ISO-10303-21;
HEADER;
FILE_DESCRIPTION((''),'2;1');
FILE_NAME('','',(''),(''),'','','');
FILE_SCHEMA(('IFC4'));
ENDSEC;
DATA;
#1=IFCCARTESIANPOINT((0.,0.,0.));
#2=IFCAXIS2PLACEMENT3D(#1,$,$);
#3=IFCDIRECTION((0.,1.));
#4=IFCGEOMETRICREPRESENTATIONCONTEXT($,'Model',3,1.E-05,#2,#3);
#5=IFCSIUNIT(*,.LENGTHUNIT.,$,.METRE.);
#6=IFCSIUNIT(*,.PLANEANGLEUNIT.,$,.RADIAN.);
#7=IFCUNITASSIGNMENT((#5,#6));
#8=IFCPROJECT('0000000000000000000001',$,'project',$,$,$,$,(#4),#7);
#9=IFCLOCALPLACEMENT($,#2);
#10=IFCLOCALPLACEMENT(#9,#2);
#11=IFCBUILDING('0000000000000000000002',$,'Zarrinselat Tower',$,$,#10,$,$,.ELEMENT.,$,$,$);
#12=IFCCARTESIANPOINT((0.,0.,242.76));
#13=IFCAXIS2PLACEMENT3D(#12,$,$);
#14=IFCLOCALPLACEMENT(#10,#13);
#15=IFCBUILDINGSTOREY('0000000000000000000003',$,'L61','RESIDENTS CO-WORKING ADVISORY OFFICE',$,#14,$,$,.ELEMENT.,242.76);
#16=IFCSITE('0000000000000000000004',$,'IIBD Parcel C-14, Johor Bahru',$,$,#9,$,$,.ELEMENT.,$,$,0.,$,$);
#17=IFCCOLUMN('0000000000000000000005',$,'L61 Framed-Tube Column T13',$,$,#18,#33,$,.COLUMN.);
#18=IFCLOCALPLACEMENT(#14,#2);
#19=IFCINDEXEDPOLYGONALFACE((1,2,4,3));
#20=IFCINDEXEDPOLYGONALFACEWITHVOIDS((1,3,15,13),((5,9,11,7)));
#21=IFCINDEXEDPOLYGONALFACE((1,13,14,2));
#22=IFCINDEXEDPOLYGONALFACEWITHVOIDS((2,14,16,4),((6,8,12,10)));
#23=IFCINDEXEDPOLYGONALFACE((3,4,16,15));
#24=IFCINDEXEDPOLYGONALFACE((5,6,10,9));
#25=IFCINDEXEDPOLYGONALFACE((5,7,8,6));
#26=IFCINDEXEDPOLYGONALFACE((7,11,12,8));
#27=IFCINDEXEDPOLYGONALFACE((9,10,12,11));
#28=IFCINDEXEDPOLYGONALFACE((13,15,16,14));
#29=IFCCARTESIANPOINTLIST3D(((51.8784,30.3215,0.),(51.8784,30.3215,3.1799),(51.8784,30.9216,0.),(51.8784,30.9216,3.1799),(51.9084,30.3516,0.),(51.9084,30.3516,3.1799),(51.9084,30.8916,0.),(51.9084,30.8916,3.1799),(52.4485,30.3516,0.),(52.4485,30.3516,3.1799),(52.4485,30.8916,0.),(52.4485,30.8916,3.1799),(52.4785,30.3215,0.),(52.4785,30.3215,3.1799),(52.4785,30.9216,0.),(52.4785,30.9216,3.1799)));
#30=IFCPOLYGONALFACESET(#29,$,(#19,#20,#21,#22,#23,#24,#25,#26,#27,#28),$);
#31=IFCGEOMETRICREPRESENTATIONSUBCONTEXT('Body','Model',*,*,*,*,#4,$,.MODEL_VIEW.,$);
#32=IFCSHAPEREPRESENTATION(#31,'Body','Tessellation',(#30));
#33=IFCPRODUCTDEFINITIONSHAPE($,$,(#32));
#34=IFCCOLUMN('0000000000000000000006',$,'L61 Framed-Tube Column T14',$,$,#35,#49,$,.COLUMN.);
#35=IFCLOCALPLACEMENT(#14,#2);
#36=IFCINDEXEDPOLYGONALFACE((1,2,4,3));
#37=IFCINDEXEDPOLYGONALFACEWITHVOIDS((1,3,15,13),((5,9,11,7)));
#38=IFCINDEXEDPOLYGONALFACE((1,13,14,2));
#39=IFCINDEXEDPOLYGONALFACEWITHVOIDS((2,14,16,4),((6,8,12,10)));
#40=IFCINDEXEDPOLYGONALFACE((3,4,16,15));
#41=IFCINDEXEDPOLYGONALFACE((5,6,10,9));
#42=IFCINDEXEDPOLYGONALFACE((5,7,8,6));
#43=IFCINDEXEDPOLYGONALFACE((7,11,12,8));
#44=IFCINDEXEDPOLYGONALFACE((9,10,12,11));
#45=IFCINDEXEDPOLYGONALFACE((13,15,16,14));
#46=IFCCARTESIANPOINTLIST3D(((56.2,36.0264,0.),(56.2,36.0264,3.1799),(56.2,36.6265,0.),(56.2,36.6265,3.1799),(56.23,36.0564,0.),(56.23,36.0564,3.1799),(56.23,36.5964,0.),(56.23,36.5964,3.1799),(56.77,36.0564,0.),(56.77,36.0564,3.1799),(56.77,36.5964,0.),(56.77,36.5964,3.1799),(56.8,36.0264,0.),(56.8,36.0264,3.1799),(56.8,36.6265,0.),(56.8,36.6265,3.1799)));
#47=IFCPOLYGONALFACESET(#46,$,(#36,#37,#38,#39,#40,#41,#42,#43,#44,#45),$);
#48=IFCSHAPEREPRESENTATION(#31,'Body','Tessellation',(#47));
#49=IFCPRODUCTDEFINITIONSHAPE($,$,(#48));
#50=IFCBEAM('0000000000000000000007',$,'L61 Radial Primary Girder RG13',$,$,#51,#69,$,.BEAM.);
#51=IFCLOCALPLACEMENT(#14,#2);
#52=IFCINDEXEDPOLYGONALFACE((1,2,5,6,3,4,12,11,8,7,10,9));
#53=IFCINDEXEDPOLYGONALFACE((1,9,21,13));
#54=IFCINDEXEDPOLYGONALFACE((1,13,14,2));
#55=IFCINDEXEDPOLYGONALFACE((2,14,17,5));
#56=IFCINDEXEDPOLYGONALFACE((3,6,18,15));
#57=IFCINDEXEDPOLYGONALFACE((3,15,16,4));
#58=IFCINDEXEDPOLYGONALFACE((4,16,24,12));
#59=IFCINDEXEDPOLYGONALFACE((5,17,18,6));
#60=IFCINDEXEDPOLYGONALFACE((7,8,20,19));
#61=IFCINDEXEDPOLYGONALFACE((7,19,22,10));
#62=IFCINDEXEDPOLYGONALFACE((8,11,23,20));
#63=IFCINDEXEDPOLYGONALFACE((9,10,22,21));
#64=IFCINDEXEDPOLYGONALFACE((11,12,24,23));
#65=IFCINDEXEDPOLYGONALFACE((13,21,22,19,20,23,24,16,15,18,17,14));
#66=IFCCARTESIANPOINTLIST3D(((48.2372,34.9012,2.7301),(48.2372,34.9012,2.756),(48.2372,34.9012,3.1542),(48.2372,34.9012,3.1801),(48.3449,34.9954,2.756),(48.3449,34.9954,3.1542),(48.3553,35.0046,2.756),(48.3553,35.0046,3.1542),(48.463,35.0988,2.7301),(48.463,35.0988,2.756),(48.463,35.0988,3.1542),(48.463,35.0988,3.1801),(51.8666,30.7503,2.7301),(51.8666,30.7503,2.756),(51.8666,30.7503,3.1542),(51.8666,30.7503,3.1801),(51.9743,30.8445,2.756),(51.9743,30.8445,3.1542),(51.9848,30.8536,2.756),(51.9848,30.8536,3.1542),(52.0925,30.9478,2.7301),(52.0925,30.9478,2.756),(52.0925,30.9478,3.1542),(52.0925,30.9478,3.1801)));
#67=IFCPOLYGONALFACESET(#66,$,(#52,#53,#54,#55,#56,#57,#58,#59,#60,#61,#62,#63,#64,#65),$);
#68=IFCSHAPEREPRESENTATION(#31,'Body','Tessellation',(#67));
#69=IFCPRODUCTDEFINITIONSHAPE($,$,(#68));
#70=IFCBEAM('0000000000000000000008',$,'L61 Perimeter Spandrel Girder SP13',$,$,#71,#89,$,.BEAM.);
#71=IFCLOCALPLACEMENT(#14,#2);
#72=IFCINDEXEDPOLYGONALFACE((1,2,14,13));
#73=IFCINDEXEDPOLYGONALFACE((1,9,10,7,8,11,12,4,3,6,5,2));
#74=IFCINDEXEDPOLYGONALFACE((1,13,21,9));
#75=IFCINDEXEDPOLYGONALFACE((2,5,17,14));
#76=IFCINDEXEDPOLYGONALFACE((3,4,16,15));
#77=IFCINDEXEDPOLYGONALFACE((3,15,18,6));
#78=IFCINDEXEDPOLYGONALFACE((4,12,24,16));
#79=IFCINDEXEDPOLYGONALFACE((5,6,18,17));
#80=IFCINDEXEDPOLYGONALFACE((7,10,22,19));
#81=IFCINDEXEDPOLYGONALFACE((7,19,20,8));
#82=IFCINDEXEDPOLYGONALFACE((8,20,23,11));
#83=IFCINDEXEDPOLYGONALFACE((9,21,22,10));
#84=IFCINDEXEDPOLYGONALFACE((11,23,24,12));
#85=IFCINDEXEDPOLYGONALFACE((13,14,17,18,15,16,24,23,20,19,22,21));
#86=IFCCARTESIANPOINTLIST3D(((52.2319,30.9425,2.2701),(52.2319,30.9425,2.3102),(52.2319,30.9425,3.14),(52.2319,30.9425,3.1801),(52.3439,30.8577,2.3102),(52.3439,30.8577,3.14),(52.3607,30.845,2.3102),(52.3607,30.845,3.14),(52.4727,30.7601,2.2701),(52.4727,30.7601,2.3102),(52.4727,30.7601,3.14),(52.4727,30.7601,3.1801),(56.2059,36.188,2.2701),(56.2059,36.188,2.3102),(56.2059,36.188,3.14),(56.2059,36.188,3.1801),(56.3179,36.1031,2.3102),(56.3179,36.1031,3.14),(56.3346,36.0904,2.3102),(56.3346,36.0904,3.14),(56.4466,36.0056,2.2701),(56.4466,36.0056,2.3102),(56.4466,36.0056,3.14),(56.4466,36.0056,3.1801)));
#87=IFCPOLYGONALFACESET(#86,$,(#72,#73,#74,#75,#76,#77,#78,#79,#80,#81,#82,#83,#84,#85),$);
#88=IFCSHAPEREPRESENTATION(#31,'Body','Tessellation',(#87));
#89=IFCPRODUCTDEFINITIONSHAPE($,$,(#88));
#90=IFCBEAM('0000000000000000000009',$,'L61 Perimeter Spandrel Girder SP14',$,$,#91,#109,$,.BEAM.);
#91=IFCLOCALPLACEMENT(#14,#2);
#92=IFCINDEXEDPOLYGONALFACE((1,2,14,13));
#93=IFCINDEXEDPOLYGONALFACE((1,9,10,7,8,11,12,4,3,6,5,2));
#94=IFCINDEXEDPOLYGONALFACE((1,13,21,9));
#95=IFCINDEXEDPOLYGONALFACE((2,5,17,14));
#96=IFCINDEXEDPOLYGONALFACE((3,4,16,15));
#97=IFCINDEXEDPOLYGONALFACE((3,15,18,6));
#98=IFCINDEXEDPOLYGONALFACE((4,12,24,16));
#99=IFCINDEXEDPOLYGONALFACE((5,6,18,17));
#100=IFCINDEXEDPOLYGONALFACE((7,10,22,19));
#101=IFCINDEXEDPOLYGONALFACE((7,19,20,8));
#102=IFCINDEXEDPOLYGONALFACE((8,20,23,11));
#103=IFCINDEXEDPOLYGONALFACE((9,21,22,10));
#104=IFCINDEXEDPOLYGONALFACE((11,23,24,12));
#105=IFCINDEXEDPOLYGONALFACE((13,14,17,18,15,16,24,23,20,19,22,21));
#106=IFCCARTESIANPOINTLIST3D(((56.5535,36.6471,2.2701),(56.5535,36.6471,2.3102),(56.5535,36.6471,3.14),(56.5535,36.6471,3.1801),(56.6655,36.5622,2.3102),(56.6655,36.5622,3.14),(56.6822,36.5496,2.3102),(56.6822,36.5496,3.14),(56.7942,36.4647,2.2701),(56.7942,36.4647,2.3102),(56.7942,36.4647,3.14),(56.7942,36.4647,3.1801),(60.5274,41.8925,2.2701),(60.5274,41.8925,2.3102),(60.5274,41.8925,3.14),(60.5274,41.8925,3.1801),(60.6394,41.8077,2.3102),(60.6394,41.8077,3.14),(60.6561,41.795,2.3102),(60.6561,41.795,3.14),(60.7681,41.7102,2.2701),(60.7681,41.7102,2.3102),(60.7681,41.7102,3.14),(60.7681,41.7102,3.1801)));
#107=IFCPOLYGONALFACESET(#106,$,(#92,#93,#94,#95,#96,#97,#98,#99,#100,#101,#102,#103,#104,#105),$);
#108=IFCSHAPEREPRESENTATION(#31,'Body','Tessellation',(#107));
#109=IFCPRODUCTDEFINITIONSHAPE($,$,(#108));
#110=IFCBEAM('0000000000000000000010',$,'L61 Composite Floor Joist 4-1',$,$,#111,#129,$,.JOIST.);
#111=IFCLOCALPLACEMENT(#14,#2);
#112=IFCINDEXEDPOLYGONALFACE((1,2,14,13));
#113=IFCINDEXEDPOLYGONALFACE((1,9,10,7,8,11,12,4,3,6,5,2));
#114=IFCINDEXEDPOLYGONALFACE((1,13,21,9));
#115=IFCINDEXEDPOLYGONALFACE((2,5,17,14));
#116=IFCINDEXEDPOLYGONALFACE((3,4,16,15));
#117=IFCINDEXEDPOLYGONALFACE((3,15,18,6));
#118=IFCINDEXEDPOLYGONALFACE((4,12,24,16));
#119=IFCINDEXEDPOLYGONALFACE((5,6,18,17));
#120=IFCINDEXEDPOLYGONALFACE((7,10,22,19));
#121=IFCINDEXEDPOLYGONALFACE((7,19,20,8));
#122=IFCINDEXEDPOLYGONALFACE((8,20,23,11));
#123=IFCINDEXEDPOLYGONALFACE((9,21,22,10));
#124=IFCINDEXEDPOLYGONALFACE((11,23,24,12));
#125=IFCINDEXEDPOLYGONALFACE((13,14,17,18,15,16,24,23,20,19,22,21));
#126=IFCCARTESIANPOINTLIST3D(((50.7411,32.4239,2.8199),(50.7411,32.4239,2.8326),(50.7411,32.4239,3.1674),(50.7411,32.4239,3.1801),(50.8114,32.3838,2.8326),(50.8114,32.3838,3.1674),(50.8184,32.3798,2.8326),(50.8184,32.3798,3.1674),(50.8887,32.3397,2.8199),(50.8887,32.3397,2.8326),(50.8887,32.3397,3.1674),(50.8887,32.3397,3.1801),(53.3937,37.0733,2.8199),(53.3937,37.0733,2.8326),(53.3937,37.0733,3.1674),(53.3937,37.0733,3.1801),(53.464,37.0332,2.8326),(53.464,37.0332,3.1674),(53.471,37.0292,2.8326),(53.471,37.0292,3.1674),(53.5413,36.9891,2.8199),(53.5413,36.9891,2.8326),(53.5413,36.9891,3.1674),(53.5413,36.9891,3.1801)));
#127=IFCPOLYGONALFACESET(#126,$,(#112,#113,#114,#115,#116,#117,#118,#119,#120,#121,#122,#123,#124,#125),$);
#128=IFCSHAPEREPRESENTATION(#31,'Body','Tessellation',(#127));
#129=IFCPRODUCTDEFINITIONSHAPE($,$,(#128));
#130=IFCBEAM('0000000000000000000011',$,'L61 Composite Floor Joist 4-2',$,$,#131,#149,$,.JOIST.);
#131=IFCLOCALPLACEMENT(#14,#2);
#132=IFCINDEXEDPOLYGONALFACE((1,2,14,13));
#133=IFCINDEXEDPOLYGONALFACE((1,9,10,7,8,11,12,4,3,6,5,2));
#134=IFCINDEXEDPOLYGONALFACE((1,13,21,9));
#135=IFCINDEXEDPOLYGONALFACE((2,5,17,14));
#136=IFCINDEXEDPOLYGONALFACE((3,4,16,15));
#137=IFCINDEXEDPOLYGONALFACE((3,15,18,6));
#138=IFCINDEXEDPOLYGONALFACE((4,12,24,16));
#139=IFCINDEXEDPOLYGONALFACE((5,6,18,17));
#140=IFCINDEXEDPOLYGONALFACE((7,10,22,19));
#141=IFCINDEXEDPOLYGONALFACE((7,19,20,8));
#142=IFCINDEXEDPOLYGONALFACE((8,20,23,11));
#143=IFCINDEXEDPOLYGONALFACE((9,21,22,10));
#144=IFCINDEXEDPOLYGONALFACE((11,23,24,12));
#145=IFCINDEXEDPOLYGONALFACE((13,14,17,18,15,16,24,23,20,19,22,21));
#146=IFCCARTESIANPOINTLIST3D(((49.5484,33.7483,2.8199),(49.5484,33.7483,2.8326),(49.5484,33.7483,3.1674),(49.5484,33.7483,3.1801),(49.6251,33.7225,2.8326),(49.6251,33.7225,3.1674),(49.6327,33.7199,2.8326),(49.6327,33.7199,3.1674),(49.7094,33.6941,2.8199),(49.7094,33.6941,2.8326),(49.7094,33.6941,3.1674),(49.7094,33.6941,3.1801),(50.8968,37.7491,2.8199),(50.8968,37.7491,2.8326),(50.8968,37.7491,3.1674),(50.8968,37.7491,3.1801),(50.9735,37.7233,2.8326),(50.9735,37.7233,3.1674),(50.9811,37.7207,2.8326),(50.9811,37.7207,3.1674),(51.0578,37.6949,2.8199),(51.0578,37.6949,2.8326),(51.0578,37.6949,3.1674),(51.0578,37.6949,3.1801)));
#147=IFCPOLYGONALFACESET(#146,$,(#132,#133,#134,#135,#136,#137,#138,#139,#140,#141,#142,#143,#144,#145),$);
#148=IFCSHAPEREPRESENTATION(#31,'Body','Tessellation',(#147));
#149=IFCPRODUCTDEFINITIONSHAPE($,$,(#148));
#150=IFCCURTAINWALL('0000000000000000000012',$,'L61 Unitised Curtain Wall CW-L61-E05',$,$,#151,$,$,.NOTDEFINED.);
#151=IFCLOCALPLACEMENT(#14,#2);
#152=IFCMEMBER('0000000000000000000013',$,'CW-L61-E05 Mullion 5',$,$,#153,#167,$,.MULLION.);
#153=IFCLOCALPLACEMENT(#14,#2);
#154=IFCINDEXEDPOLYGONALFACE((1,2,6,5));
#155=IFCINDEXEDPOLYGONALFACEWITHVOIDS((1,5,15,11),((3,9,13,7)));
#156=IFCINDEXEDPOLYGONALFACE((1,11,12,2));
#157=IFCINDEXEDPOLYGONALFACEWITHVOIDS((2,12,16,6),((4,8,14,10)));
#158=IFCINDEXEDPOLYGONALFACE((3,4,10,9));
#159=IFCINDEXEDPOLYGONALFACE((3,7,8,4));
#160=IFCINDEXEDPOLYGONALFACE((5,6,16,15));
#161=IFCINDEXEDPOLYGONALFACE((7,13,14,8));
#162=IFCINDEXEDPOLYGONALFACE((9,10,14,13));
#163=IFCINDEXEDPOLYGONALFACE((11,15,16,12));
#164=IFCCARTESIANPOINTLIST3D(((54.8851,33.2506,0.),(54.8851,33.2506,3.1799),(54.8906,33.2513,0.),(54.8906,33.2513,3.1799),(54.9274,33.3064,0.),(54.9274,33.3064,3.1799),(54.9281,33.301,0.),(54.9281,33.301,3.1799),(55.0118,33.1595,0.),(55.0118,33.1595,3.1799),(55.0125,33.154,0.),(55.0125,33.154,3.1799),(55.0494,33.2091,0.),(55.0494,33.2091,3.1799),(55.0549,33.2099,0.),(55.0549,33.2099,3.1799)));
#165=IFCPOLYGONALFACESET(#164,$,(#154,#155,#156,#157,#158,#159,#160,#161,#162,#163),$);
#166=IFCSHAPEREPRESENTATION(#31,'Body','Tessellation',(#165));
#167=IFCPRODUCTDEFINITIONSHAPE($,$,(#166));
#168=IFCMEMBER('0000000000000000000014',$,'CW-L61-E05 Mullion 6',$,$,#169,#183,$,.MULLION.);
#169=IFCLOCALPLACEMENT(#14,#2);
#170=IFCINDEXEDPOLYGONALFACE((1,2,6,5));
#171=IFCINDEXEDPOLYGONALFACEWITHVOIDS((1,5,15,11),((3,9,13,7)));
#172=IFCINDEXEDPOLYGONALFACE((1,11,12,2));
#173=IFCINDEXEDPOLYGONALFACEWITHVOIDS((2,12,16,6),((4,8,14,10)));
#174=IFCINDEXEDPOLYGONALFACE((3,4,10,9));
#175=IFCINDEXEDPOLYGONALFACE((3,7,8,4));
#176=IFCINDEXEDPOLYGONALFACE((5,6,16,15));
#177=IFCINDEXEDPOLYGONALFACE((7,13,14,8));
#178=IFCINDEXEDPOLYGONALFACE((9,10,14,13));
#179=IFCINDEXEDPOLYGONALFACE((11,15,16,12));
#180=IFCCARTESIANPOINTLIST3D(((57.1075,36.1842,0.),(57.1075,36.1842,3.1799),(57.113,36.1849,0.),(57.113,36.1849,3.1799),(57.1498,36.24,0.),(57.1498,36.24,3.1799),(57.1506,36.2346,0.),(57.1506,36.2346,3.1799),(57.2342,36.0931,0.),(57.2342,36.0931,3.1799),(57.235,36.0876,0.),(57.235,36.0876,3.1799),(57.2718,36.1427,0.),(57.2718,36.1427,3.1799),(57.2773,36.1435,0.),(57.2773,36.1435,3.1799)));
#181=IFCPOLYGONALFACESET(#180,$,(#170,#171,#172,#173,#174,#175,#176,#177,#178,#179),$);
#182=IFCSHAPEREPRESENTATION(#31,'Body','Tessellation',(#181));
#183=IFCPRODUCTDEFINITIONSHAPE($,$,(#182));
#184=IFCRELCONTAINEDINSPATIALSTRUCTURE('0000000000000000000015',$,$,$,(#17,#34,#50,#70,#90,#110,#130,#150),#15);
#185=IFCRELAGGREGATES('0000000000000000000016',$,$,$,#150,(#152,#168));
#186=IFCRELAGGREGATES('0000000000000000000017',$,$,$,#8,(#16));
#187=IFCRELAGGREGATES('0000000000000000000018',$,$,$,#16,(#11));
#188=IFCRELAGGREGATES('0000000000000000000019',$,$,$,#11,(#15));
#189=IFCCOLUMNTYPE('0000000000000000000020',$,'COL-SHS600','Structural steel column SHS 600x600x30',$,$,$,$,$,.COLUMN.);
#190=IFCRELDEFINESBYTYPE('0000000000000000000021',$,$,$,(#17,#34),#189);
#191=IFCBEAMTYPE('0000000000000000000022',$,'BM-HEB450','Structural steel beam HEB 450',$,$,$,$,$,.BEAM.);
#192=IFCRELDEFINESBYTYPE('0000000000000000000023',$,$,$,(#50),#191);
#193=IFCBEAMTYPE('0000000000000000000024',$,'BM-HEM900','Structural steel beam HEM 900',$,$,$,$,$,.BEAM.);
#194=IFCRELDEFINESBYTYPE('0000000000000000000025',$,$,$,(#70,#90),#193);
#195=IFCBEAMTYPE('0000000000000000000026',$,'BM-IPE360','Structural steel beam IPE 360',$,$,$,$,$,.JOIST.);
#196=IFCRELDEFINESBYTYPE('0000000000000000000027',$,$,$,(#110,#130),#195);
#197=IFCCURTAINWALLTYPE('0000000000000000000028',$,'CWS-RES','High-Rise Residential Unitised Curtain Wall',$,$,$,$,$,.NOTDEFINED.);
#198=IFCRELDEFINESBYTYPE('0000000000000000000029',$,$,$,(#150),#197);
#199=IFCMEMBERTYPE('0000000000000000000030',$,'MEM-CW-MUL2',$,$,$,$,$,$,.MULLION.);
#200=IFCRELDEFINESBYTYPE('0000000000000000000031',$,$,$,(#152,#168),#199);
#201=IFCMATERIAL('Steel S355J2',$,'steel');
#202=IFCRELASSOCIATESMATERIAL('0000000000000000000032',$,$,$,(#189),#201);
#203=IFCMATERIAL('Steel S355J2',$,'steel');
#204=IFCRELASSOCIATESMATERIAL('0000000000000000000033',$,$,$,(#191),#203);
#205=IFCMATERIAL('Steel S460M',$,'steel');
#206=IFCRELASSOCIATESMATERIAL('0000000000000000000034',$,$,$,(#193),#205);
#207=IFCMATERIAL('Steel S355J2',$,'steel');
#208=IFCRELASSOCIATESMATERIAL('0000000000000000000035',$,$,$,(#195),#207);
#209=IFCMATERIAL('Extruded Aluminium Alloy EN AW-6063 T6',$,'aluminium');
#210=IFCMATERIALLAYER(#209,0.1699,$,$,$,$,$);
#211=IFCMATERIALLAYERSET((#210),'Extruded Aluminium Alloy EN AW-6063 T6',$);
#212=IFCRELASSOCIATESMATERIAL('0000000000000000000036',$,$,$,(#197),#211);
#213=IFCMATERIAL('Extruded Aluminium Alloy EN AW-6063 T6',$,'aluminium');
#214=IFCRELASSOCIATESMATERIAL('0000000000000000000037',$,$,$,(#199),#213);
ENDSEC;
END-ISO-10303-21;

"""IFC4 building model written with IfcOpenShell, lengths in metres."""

from ifc_helpers import new_model, si_unit, direction, frame, origin, origin_2d, place, context, subcontext, project, spatial, hollow_rectangle, i_section, extrude, material, layer, layer_set, material_profile, profile_set, type_object, element, aggregate, save


model = new_model("IFC4")

# Units and contexts
model_context = context("Model", 3, precision=1e-05, world=origin(), true_north=direction((0.0, 1.0)))
body_context = subcontext(model_context, "Body", "Model", "MODEL_VIEW")
ifc_project = project(units=[si_unit("LENGTHUNIT", "METRE"), si_unit("PLANEANGLEUNIT", "RADIAN")], contexts=[model_context])

# Site, building, storey
site_placement = place(None, origin())
site = spatial("IfcSite", under=ifc_project, at=site_placement, Name="IIBD Parcel C-14, Johor Bahru", CompositionType="ELEMENT", RefElevation=0.0)
building_placement = place(site_placement, origin())
building = spatial("IfcBuilding", under=site, at=building_placement, Name="Zarrinselat Tower", CompositionType="ELEMENT")
storey_placement = place(building_placement, frame((0.0, 0.0, 242.76)))
storey = spatial("IfcBuildingStorey", under=building, at=storey_placement, Name="L61", Description="RESIDENTS CO-WORKING ADVISORY OFFICE", CompositionType="ELEMENT", Elevation=242.76)

# Columns
ifc_material_1 = material(Name="Steel S355J2", Category="steel")
ifc_material_profile_1 = material_profile(ifc_material_1, hollow_rectangle(XDim=0.6001, YDim=0.6001, WallThickness=0.03, at=origin_2d()), Name="SHS 600x600x30")
ifc_profile_set_1 = profile_set([ifc_material_profile_1], Name="Steel S355J2")
column_type = type_object("IfcColumnType", Name="COL-SHS600", Description="Structural steel column SHS 600x600x30", PredefinedType="COLUMN", material=ifc_profile_set_1)
for number, where, z_axis, x_axis, name in (
    (1, (52.1785, 30.6216, 0.0), (0.0, 0.0, 1.0), (1.0, 0.0, 0.0), "L61 Framed-Tube Column T13"),
    (2, (56.5, 36.3264, 0.0), (0.0, 0.0, 1.0), (1.0, 0.0, 0.0), "L61 Framed-Tube Column T14"),
):
    element("IfcColumn", number, at=place(storey_placement, frame(where, z_axis=z_axis, x_axis=x_axis)), inside=storey, type_object=column_type, Name=name, PredefinedType="COLUMN", context=body_context, shape_type="SweptSolid", body=[
        extrude(hollow_rectangle(XDim=0.6001, YDim=0.6001, WallThickness=0.03, at=origin_2d()), origin(), (0.0, 0.0, 1.0), 3.1799),
    ])

# Beams
ifc_material_2 = material(Name="Steel S355J2", Category="steel")
ifc_material_profile_2 = material_profile(ifc_material_2, i_section(OverallWidth=0.3, OverallDepth=0.45, WebThickness=0.0139, FlangeThickness=0.0259, at=origin_2d()), Name="HEB 450")
ifc_profile_set_2 = profile_set([ifc_material_profile_2], Name="Steel S355J2")
beam_type_1 = type_object("IfcBeamType", Name="BM-HEB450", Description="Structural steel beam HEB 450", PredefinedType="BEAM", material=ifc_profile_set_2)
beam_1_placement = place(storey_placement, frame((48.3501, 35.0, 2.9551), z_axis=(0.658235, -0.752813, 0.0), x_axis=(0.752813, 0.658235, 0.0)))
element("IfcBeam", 3, at=beam_1_placement, inside=storey, type_object=beam_type_1, Name="L61 Radial Primary Girder RG13", PredefinedType="BEAM", context=body_context, shape_type="SweptSolid", body=[
    extrude(i_section(OverallWidth=0.3, OverallDepth=0.45, WebThickness=0.0139, FlangeThickness=0.0259, at=origin_2d()), origin(), (0.0, 0.0, 1.0), 5.5139),
])
ifc_material_3 = material(Name="Steel S460M", Category="steel")
ifc_material_profile_3 = material_profile(ifc_material_3, i_section(OverallWidth=0.302, OverallDepth=0.9099, WebThickness=0.021, FlangeThickness=0.04, at=origin_2d()), Name="HEM 900")
ifc_profile_set_3 = profile_set([ifc_material_profile_3], Name="Steel S460M")
beam_type_2 = type_object("IfcBeamType", Name="BM-HEM900", Description="Structural steel beam HEM 900", PredefinedType="BEAM", material=ifc_profile_set_3)
for number, where, z_axis, x_axis, name in (
    (4, (52.3523, 30.8513, 2.7251), (0.603869, 0.797083, 0.0), (-0.797083, 0.603869, 0.0), "L61 Perimeter Spandrel Girder SP13"),
    (5, (56.6738, 36.5559, 2.7251), (0.603869, 0.797083, 0.0), (-0.797083, 0.603869, 0.0), "L61 Perimeter Spandrel Girder SP14"),
):
    element("IfcBeam", number, at=place(storey_placement, frame(where, z_axis=z_axis, x_axis=x_axis)), inside=storey, type_object=beam_type_2, Name=name, PredefinedType="BEAM", context=body_context, shape_type="SweptSolid", body=[
        extrude(i_section(OverallWidth=0.302, OverallDepth=0.9099, WebThickness=0.021, FlangeThickness=0.04, at=origin_2d()), origin(), (0.0, 0.0, 1.0), 6.5808),
    ])
ifc_material_4 = material(Name="Steel S355J2", Category="steel")
ifc_material_profile_4 = material_profile(ifc_material_4, i_section(OverallWidth=0.1699, OverallDepth=0.3601, WebThickness=0.0081, FlangeThickness=0.0127, at=origin_2d()), Name="IPE 360")
ifc_profile_set_4 = profile_set([ifc_material_profile_4], Name="Steel S355J2")
beam_type_3 = type_object("IfcBeamType", Name="BM-IPE360", Description="Structural steel beam IPE 360", PredefinedType="JOIST", material=ifc_profile_set_4)
beam_2_placement = place(storey_placement, frame((50.8149, 32.3818, 3.0), z_axis=(0.495544, 0.868583, 0.0), x_axis=(-0.868583, 0.495544, 0.0)))
element("IfcBeam", 6, at=beam_2_placement, inside=storey, type_object=beam_type_3, Name="L61 Composite Floor Joist 4-1", PredefinedType="JOIST", context=body_context, shape_type="SweptSolid", body=[
    extrude(i_section(OverallWidth=0.1699, OverallDepth=0.3601, WebThickness=0.0081, FlangeThickness=0.0127, at=origin_2d()), origin(), (0.0, 0.0, 1.0), 5.3528),
])
beam_3_placement = place(storey_placement, frame((49.6289, 33.7212, 3.0), z_axis=(0.319383, 0.947626, 0.0), x_axis=(-0.947626, 0.319383, 0.0)))
element("IfcBeam", 7, at=beam_3_placement, inside=storey, type_object=beam_type_3, Name="L61 Composite Floor Joist 4-2", PredefinedType="JOIST", context=body_context, shape_type="SweptSolid", body=[
    extrude(i_section(OverallWidth=0.1699, OverallDepth=0.3601, WebThickness=0.0081, FlangeThickness=0.0127, at=origin_2d()), origin(), (0.0, 0.0, 1.0), 4.2219),
])

# Curtain wall, members
ifc_material_5 = material(Name="Extruded Aluminium Alloy EN AW-6063 T6", Category="aluminium")
ifc_layer_1 = layer(ifc_material_5, 0.1699)
ifc_layer_set_1 = layer_set([ifc_layer_1], Name="Extruded Aluminium Alloy EN AW-6063 T6")
curtain_wall_type = type_object("IfcCurtainWallType", Name="CWS-RES", Description="High-Rise Residential Unitised Curtain Wall", PredefinedType="NOTDEFINED", material=ifc_layer_set_1)
curtain_wall_placement = place(storey_placement, origin())
curtain_wall = element("IfcCurtainWall", 8, at=curtain_wall_placement, inside=storey, type_object=curtain_wall_type, Name="L61 Unitised Curtain Wall CW-L61-E05", PredefinedType="NOTDEFINED")
ifc_material_6 = material(Name="Extruded Aluminium Alloy EN AW-6063 T6", Category="aluminium")
ifc_material_profile_5 = material_profile(ifc_material_6, hollow_rectangle(XDim=0.0701, YDim=0.1599, WallThickness=0.0039, at=origin_2d()), Name="RHS 160x70x4")
ifc_profile_set_5 = profile_set([ifc_material_profile_5], Name="Extruded Aluminium Alloy EN AW-6063 T6")
member_type_1 = type_object("IfcMemberType", Name="MEM-CW-MUL2", PredefinedType="MULLION", material=ifc_profile_set_5)
member_1_placement = place(storey_placement, frame((54.97, 33.2302, 0.0), z_axis=(0.0, 0.0, 1.0), x_axis=(0.603858, 0.797092, 0.0)))
member_1 = element("IfcMember", 9, at=member_1_placement, type_object=member_type_1, Name="CW-L61-E05 Mullion 5", PredefinedType="MULLION", context=body_context, shape_type="SweptSolid", body=[
    extrude(hollow_rectangle(XDim=0.0701, YDim=0.1599, WallThickness=0.0039, at=origin_2d()), origin(), (0.0, 0.0, 1.0), 3.1799),
])
member_2_placement = place(storey_placement, frame((57.1924, 36.1638, 0.0), z_axis=(0.0, 0.0, 1.0), x_axis=(0.603858, 0.797092, 0.0)))
member_2 = element("IfcMember", 10, at=member_2_placement, type_object=member_type_1, Name="CW-L61-E05 Mullion 6", PredefinedType="MULLION", context=body_context, shape_type="SweptSolid", body=[
    extrude(hollow_rectangle(XDim=0.0701, YDim=0.1599, WallThickness=0.0039, at=origin_2d()), origin(), (0.0, 0.0, 1.0), 3.1799),
])
aggregate(curtain_wall, [member_1, member_2])

save(model, "model.ifc")
